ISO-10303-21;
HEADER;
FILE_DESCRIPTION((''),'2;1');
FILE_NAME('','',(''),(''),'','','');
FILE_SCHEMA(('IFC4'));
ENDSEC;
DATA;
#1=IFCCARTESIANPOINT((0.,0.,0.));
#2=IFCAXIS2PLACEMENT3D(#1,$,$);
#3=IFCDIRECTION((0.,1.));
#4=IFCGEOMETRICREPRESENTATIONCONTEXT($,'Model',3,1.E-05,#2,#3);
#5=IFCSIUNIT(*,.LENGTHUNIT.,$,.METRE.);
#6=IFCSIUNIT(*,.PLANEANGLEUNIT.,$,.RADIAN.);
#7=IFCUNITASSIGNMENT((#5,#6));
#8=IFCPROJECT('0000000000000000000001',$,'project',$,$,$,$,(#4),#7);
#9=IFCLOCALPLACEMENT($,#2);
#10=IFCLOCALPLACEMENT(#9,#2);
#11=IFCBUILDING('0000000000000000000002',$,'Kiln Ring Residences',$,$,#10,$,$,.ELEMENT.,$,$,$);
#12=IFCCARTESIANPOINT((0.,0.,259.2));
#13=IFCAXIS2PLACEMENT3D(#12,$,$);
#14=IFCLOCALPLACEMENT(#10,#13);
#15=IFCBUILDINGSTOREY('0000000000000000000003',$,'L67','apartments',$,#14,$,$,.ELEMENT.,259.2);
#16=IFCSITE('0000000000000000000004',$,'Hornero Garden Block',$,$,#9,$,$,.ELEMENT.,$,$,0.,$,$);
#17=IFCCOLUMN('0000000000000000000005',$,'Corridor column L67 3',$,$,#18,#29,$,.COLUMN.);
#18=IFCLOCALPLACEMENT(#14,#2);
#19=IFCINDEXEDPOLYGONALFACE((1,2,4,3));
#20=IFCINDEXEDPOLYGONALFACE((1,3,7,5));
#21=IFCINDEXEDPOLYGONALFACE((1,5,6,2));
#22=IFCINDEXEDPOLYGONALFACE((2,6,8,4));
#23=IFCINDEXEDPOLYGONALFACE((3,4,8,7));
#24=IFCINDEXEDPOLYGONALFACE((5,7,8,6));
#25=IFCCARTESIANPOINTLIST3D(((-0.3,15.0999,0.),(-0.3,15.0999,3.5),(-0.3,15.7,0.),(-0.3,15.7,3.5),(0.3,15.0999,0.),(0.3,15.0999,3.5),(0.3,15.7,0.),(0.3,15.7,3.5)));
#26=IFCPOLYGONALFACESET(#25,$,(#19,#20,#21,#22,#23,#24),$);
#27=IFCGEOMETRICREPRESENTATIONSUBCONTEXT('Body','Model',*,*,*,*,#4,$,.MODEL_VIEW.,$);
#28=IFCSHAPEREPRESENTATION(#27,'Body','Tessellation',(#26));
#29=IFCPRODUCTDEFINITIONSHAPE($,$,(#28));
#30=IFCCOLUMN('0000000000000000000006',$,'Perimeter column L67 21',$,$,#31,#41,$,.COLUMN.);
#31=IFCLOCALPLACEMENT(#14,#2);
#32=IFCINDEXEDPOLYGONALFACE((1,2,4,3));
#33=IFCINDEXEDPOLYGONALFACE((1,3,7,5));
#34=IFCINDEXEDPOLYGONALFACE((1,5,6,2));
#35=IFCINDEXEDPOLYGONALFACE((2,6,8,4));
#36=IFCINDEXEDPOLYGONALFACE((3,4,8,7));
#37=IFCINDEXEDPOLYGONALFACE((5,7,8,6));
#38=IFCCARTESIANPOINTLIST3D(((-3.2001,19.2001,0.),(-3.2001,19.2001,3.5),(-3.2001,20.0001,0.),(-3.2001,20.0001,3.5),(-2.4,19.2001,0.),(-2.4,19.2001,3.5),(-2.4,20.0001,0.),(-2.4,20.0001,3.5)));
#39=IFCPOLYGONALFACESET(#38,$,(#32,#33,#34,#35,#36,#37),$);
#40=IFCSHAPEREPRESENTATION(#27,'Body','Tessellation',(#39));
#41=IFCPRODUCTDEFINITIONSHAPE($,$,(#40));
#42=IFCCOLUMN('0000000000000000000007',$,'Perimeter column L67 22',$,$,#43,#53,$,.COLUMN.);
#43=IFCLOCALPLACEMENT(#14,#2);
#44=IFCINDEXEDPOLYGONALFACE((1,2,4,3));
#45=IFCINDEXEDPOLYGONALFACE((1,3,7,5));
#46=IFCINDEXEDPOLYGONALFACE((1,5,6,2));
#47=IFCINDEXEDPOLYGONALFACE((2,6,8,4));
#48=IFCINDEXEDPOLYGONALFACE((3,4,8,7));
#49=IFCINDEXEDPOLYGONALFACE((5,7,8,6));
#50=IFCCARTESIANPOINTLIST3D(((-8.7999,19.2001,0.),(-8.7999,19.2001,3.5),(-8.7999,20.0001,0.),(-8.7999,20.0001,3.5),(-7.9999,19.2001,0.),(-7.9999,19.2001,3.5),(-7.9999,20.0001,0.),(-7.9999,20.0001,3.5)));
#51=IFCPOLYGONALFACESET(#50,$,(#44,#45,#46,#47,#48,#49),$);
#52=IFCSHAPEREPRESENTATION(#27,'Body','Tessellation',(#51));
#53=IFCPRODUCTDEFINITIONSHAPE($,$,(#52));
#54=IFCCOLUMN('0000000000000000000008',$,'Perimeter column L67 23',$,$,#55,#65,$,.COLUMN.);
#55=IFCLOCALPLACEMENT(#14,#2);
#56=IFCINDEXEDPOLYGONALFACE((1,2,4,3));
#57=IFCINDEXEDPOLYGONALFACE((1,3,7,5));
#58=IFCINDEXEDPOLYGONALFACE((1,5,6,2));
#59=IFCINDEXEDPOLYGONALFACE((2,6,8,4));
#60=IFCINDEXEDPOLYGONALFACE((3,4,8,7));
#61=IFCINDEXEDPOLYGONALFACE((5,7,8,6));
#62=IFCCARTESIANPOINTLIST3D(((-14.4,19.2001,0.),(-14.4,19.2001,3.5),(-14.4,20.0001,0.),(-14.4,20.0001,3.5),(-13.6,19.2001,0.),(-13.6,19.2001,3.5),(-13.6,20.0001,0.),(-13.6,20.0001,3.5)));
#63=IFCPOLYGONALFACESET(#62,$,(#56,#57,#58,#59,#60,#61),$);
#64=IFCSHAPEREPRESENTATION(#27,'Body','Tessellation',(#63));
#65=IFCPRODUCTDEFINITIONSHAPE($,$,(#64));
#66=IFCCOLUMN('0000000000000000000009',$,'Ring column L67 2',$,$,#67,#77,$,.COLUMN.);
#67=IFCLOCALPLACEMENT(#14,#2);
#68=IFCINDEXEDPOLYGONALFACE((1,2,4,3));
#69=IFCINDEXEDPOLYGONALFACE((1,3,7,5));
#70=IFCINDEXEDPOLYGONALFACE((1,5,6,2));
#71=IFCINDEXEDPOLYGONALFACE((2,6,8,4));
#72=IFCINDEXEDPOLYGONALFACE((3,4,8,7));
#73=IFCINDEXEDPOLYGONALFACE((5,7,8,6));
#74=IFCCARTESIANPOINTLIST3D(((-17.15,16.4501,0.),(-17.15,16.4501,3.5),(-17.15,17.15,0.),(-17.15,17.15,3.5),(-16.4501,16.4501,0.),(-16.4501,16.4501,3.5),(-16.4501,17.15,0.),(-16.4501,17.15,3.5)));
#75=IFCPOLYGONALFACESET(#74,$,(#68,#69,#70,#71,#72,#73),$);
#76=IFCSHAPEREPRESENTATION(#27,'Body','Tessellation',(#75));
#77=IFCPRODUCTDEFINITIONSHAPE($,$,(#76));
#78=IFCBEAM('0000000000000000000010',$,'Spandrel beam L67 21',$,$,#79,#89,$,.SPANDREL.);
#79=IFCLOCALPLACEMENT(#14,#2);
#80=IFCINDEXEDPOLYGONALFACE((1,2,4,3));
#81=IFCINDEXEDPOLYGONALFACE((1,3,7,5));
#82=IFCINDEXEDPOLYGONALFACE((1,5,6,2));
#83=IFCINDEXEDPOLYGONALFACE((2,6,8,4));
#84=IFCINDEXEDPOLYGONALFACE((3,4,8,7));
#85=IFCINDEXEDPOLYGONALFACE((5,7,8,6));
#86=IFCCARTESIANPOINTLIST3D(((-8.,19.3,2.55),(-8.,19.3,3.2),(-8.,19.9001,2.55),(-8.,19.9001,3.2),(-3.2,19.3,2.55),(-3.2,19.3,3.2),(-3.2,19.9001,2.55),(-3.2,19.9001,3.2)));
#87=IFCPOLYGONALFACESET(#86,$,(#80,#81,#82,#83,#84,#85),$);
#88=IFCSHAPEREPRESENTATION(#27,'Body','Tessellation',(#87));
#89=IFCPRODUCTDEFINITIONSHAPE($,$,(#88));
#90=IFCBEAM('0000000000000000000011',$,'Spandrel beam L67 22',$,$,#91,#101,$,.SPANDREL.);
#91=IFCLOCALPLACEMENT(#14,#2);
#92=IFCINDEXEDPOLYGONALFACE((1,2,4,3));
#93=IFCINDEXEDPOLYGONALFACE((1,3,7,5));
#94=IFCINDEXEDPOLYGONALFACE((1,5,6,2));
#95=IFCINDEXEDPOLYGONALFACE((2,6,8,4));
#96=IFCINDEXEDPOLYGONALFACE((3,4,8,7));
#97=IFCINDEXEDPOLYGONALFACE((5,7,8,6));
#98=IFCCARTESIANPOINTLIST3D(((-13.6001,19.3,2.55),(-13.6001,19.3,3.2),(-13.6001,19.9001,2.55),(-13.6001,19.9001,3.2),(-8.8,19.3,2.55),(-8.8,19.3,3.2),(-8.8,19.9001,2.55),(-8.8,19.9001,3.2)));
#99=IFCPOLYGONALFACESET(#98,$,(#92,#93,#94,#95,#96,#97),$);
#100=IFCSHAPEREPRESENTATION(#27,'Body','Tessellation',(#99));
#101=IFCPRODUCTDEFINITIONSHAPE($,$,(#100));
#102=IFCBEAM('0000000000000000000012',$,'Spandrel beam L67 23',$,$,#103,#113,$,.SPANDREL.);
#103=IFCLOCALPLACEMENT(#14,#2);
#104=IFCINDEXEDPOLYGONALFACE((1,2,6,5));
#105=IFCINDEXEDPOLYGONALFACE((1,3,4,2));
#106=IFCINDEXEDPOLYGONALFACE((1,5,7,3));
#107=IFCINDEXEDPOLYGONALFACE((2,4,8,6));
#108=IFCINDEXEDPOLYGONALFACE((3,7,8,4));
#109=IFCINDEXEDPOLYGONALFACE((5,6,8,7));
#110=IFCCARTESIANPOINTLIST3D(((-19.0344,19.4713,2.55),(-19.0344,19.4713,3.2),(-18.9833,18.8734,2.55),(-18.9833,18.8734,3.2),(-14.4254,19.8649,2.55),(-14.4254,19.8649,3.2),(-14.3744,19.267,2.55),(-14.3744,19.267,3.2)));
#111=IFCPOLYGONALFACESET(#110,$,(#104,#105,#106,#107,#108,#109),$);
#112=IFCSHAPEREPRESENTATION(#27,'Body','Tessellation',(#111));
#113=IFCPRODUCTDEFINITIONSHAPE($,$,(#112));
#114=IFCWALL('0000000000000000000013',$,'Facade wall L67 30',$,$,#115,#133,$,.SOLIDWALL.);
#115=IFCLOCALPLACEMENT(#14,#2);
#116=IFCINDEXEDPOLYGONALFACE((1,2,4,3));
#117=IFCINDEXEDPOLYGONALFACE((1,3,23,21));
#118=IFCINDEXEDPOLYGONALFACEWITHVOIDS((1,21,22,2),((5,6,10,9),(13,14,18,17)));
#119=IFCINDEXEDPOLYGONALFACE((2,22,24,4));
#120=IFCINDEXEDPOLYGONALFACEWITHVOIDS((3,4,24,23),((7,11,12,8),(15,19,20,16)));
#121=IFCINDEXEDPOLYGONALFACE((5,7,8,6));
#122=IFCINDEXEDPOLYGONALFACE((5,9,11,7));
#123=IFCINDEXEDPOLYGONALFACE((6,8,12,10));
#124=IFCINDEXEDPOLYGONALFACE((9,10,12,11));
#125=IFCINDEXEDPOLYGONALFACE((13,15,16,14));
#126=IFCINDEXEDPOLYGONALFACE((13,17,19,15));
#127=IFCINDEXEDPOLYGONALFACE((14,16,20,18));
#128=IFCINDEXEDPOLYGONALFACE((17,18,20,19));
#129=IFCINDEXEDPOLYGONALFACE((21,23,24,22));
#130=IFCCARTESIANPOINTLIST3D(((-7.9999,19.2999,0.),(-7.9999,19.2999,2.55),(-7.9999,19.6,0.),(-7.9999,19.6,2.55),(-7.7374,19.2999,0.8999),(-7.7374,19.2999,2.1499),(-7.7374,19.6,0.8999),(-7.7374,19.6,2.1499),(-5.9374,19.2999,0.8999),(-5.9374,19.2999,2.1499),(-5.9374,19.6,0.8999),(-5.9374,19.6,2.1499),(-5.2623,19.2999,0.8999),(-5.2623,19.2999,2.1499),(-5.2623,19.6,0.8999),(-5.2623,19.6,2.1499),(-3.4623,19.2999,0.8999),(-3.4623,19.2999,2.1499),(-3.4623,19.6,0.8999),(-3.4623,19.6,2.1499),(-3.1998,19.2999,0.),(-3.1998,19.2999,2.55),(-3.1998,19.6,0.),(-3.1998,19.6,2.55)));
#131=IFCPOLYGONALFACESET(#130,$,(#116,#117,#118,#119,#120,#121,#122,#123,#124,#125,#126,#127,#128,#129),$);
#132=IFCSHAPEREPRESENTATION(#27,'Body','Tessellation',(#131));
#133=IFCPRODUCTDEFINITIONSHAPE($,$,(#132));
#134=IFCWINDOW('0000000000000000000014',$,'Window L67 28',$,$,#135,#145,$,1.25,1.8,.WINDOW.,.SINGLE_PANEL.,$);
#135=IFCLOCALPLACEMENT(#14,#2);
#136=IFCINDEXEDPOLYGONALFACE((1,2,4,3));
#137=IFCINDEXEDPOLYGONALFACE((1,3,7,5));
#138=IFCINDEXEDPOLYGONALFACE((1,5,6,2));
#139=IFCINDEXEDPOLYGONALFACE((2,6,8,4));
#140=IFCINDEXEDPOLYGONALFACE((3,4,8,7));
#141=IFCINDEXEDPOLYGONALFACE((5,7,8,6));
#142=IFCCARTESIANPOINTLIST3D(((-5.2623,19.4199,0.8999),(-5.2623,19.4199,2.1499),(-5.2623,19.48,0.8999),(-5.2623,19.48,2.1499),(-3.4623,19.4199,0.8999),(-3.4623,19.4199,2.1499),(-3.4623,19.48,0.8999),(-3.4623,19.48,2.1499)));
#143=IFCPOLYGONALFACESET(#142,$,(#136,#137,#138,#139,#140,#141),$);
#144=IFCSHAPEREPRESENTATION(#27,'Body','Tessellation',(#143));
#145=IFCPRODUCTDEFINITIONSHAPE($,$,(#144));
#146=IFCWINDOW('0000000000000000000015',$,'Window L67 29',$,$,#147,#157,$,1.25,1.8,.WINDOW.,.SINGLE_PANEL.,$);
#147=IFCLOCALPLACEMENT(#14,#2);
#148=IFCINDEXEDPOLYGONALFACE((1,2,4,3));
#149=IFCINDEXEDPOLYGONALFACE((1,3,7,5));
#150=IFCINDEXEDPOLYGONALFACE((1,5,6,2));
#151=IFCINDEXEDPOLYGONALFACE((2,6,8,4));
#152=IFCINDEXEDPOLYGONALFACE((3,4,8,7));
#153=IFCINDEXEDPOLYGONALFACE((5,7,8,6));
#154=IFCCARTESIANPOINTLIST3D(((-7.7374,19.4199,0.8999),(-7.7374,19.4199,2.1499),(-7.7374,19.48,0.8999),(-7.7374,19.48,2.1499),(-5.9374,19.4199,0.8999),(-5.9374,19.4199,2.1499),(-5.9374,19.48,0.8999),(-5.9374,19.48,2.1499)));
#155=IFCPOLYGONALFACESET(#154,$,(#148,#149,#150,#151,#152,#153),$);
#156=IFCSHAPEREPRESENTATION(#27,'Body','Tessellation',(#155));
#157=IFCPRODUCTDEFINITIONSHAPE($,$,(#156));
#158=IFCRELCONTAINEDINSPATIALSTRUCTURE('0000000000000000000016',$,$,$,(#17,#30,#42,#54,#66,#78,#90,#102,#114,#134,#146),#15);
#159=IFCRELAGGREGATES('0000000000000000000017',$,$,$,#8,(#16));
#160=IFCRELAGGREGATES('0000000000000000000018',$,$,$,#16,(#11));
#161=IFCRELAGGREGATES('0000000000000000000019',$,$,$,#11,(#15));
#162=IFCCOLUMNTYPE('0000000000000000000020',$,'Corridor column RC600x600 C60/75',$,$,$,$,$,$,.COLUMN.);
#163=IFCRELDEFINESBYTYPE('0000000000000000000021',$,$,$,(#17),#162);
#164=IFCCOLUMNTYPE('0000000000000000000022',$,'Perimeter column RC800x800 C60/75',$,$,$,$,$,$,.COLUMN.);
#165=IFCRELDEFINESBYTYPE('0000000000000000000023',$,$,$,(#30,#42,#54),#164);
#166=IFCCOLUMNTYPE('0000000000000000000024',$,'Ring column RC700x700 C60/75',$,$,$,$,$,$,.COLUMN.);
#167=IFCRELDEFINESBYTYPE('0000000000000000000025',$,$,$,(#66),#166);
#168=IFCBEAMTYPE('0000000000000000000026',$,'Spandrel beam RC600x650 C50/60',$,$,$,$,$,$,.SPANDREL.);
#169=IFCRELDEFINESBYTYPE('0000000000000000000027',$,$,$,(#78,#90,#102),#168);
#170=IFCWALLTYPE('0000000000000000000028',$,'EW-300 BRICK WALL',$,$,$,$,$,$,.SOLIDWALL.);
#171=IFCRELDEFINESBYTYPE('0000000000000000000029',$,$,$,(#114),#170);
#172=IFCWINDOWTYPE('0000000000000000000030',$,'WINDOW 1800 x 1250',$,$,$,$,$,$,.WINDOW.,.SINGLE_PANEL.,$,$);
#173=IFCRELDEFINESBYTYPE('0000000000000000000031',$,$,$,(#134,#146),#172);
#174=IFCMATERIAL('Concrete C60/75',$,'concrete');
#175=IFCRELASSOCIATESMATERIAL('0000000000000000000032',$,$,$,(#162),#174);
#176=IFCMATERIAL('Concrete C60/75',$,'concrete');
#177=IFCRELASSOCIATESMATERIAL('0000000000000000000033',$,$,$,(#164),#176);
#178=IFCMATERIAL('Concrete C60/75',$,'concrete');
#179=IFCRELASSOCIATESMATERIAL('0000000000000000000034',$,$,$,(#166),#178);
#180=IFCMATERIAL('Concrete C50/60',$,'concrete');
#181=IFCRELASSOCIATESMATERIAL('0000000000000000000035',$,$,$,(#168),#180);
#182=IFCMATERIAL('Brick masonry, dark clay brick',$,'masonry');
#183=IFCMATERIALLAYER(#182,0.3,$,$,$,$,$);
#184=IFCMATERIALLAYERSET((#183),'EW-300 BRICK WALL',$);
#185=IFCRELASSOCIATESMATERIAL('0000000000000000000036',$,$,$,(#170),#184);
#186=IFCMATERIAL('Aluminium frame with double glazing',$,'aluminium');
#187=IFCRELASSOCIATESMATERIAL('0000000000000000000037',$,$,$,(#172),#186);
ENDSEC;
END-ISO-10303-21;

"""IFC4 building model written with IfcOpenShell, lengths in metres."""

from ifc_helpers import new_model, si_unit, direction, frame, frame_2d, origin, origin_2d, place, context, subcontext, project, spatial, rectangle, extrude, material, layer, layer_set, material_profile, profile_set, type_object, element, fill, save


model = new_model("IFC4")

# Units and contexts
model_context = context("Model", 3, precision=1e-05, world=origin(), true_north=direction((0.0, 1.0)))
body_context = subcontext(model_context, "Body", "Model", "MODEL_VIEW")
ifc_project = project(units=[si_unit("LENGTHUNIT", "METRE"), si_unit("PLANEANGLEUNIT", "RADIAN")], contexts=[model_context])

# Site, building, storey
site_placement = place(None, origin())
site = spatial("IfcSite", under=ifc_project, at=site_placement, Name="Hornero Garden Block", CompositionType="ELEMENT", RefElevation=0.0)
building_placement = place(site_placement, origin())
building = spatial("IfcBuilding", under=site, at=building_placement, Name="Kiln Ring Residences", CompositionType="ELEMENT")
storey_placement = place(building_placement, frame((0.0, 0.0, 259.2)))
storey = spatial("IfcBuildingStorey", under=building, at=storey_placement, Name="L67", Description="apartments", CompositionType="ELEMENT", Elevation=259.2)

# Columns
ifc_material_1 = material(Name="Concrete C60/75", Category="concrete")
ifc_material_profile_1 = material_profile(ifc_material_1, rectangle(XDim=0.6001, YDim=0.6001, at=origin_2d()), Name="RC600x600")
ifc_profile_set_1 = profile_set([ifc_material_profile_1], Name="Concrete C60/75")
column_type_1 = type_object("IfcColumnType", Name="Corridor column RC600x600 C60/75", PredefinedType="COLUMN", material=ifc_profile_set_1)
column_1_placement = place(storey_placement, frame((0.0, 15.3999, 0.0), z_axis=(0.0, 0.0, 1.0), x_axis=(1.0, 0.0, 0.0)))
element("IfcColumn", 1, at=column_1_placement, inside=storey, type_object=column_type_1, Name="Corridor column L67 3", PredefinedType="COLUMN", context=body_context, shape_type="SweptSolid", body=[
    extrude(rectangle(XDim=0.6001, YDim=0.6001, at=origin_2d()), origin(), (0.0, 0.0, 1.0), 3.5),
])
ifc_material_2 = material(Name="Concrete C60/75", Category="concrete")
ifc_material_profile_2 = material_profile(ifc_material_2, rectangle(XDim=0.8, YDim=0.8, at=origin_2d()), Name="RC800x800")
ifc_profile_set_2 = profile_set([ifc_material_profile_2], Name="Concrete C60/75")
column_type_2 = type_object("IfcColumnType", Name="Perimeter column RC800x800 C60/75", PredefinedType="COLUMN", material=ifc_profile_set_2)
for number, where, z_axis, x_axis, name in (
    (2, (-2.8, 19.6001, 0.0), (0.0, 0.0, 1.0), (1.0, 0.0, 0.0), "Perimeter column L67 21"),
    (3, (-8.3999, 19.6001, 0.0), (0.0, 0.0, 1.0), (1.0, 0.0, 0.0), "Perimeter column L67 22"),
    (4, (-14.0, 19.6001, 0.0), (0.0, 0.0, 1.0), (1.0, 0.0, 0.0), "Perimeter column L67 23"),
):
    element("IfcColumn", number, at=place(storey_placement, frame(where, z_axis=z_axis, x_axis=x_axis)), inside=storey, type_object=column_type_2, Name=name, PredefinedType="COLUMN", context=body_context, shape_type="SweptSolid", body=[
        extrude(rectangle(XDim=0.8, YDim=0.8, at=origin_2d()), origin(), (0.0, 0.0, 1.0), 3.5),
    ])
ifc_material_3 = material(Name="Concrete C60/75", Category="concrete")
ifc_material_profile_3 = material_profile(ifc_material_3, rectangle(XDim=0.7, YDim=0.7, at=origin_2d()), Name="RC700x700")
ifc_profile_set_3 = profile_set([ifc_material_profile_3], Name="Concrete C60/75")
column_type_3 = type_object("IfcColumnType", Name="Ring column RC700x700 C60/75", PredefinedType="COLUMN", material=ifc_profile_set_3)
column_2_placement = place(storey_placement, frame((-16.8, 16.8, 0.0), z_axis=(0.0, 0.0, 1.0), x_axis=(1.0, 0.0, 0.0)))
element("IfcColumn", 5, at=column_2_placement, inside=storey, type_object=column_type_3, Name="Ring column L67 2", PredefinedType="COLUMN", context=body_context, shape_type="SweptSolid", body=[
    extrude(rectangle(XDim=0.7, YDim=0.7, at=origin_2d()), origin(), (0.0, 0.0, 1.0), 3.5),
])

# Beams
ifc_material_4 = material(Name="Concrete C50/60", Category="concrete")
ifc_material_profile_4 = material_profile(ifc_material_4, rectangle(XDim=0.6001, YDim=0.6499, at=origin_2d()), Name="RC600x650")
ifc_profile_set_4 = profile_set([ifc_material_profile_4], Name="Concrete C50/60")
beam_type = type_object("IfcBeamType", Name="Spandrel beam RC600x650 C50/60", PredefinedType="SPANDREL", material=ifc_profile_set_4)
for number, where, z_axis, x_axis, name in (
    (6, (-3.2, 19.6001, 2.875), (-1.0, 0.0, 0.0), (0.0, -1.0, 0.0), "Spandrel beam L67 21"),
    (7, (-8.8, 19.6001, 2.875), (-1.0, 0.0, 0.0), (0.0, -1.0, 0.0), "Spandrel beam L67 22"),
):
    element("IfcBeam", number, at=place(storey_placement, frame(where, z_axis=z_axis, x_axis=x_axis)), inside=storey, type_object=beam_type, Name=name, PredefinedType="SPANDREL", context=body_context, shape_type="SweptSolid", body=[
        extrude(rectangle(XDim=0.6001, YDim=0.6499, at=origin_2d()), origin(), (0.0, 0.0, 1.0), 4.8),
    ])
beam_placement = place(storey_placement, frame((-14.3999, 19.5659, 2.875), z_axis=(-0.996374, -0.085081, 0.0), x_axis=(0.085081, -0.996374, 0.0)))
element("IfcBeam", 8, at=beam_placement, inside=storey, type_object=beam_type, Name="Spandrel beam L67 23", PredefinedType="SPANDREL", context=body_context, shape_type="SweptSolid", body=[
    extrude(rectangle(XDim=0.6001, YDim=0.6499, at=origin_2d()), origin(), (0.0, 0.0, 1.0), 4.6257),
])

# Wall, openings, windows
ifc_material_5 = material(Name="Brick masonry, dark clay brick", Category="masonry")
ifc_layer_1 = layer(ifc_material_5, 0.3)
ifc_layer_set_1 = layer_set([ifc_layer_1], Name="EW-300 BRICK WALL")
wall_type_1 = type_object("IfcWallType", Name="EW-300 BRICK WALL", PredefinedType="SOLIDWALL", material=ifc_layer_set_1)
wall_1_placement = place(storey_placement, frame((-3.2, 19.45, 0.0), z_axis=(0.0, 0.0, 1.0), x_axis=(-1.0, 0.0, 0.0)))
wall_1 = element("IfcWall", 9, at=wall_1_placement, inside=storey, type_object=wall_type_1, Name="Facade wall L67 30", PredefinedType="SOLIDWALL", context=body_context, shape_type="SweptSolid", body=[
    extrude(rectangle(XDim=4.8, YDim=0.3, at=frame_2d((2.3999, 0.0))), origin(), (0.0, 0.0, 1.0), 2.55),
])
opening_1_placement = place(wall_1_placement, frame((0.2625, 0.0, 0.8999)))
opening_1 = element("IfcOpeningElement", 10, at=opening_1_placement, cuts=wall_1, PredefinedType="OPENING", context=body_context, shape_type="SweptSolid", body=[
    extrude(rectangle(XDim=1.8, YDim=1.25, at=frame_2d((0.8999, 0.625))), frame((0.0, 0.1599, 0.0), z_axis=(0.0, -1.0, 0.0), x_axis=(1.0, 0.0, 0.0)), (0.0, 0.0, 1.0), 0.3201),
])
opening_2_placement = place(wall_1_placement, frame((2.7375, 0.0, 0.8999)))
opening_2 = element("IfcOpeningElement", 11, at=opening_2_placement, cuts=wall_1, PredefinedType="OPENING", context=body_context, shape_type="SweptSolid", body=[
    extrude(rectangle(XDim=1.8, YDim=1.25, at=frame_2d((0.8999, 0.625))), frame((0.0, 0.1599, 0.0), z_axis=(0.0, -1.0, 0.0), x_axis=(1.0, 0.0, 0.0)), (0.0, 0.0, 1.0), 0.3201),
])
ifc_material_6 = material(Name="Aluminium frame with double glazing", Category="aluminium")
window_type_1 = type_object("IfcWindowType", Name="WINDOW 1800 x 1250", PartitioningType="SINGLE_PANEL", PredefinedType="WINDOW", material=ifc_material_6)
window_1_placement = place(opening_1_placement, origin())
window_1 = element("IfcWindow", 12, at=window_1_placement, inside=storey, type_object=window_type_1, Name="Window L67 28", OverallHeight=1.25, OverallWidth=1.8, PartitioningType="SINGLE_PANEL", PredefinedType="WINDOW", context=body_context, shape_type="SweptSolid", body=[
    extrude(rectangle(XDim=1.8, YDim=1.25, at=frame_2d((0.8999, 0.625))), frame((0.0, 0.03, 0.0), z_axis=(0.0, -1.0, 0.0), x_axis=(1.0, 0.0, 0.0)), (0.0, 0.0, 1.0), 0.0601),
])
fill(opening_1, window_1)
window_2_placement = place(opening_2_placement, origin())
window_2 = element("IfcWindow", 13, at=window_2_placement, inside=storey, type_object=window_type_1, Name="Window L67 29", OverallHeight=1.25, OverallWidth=1.8, PartitioningType="SINGLE_PANEL", PredefinedType="WINDOW", context=body_context, shape_type="SweptSolid", body=[
    extrude(rectangle(XDim=1.8, YDim=1.25, at=frame_2d((0.8999, 0.625))), frame((0.0, 0.03, 0.0), z_axis=(0.0, -1.0, 0.0), x_axis=(1.0, 0.0, 0.0)), (0.0, 0.0, 1.0), 0.0601),
])
fill(opening_2, window_2)

save(model, "model.ifc")
